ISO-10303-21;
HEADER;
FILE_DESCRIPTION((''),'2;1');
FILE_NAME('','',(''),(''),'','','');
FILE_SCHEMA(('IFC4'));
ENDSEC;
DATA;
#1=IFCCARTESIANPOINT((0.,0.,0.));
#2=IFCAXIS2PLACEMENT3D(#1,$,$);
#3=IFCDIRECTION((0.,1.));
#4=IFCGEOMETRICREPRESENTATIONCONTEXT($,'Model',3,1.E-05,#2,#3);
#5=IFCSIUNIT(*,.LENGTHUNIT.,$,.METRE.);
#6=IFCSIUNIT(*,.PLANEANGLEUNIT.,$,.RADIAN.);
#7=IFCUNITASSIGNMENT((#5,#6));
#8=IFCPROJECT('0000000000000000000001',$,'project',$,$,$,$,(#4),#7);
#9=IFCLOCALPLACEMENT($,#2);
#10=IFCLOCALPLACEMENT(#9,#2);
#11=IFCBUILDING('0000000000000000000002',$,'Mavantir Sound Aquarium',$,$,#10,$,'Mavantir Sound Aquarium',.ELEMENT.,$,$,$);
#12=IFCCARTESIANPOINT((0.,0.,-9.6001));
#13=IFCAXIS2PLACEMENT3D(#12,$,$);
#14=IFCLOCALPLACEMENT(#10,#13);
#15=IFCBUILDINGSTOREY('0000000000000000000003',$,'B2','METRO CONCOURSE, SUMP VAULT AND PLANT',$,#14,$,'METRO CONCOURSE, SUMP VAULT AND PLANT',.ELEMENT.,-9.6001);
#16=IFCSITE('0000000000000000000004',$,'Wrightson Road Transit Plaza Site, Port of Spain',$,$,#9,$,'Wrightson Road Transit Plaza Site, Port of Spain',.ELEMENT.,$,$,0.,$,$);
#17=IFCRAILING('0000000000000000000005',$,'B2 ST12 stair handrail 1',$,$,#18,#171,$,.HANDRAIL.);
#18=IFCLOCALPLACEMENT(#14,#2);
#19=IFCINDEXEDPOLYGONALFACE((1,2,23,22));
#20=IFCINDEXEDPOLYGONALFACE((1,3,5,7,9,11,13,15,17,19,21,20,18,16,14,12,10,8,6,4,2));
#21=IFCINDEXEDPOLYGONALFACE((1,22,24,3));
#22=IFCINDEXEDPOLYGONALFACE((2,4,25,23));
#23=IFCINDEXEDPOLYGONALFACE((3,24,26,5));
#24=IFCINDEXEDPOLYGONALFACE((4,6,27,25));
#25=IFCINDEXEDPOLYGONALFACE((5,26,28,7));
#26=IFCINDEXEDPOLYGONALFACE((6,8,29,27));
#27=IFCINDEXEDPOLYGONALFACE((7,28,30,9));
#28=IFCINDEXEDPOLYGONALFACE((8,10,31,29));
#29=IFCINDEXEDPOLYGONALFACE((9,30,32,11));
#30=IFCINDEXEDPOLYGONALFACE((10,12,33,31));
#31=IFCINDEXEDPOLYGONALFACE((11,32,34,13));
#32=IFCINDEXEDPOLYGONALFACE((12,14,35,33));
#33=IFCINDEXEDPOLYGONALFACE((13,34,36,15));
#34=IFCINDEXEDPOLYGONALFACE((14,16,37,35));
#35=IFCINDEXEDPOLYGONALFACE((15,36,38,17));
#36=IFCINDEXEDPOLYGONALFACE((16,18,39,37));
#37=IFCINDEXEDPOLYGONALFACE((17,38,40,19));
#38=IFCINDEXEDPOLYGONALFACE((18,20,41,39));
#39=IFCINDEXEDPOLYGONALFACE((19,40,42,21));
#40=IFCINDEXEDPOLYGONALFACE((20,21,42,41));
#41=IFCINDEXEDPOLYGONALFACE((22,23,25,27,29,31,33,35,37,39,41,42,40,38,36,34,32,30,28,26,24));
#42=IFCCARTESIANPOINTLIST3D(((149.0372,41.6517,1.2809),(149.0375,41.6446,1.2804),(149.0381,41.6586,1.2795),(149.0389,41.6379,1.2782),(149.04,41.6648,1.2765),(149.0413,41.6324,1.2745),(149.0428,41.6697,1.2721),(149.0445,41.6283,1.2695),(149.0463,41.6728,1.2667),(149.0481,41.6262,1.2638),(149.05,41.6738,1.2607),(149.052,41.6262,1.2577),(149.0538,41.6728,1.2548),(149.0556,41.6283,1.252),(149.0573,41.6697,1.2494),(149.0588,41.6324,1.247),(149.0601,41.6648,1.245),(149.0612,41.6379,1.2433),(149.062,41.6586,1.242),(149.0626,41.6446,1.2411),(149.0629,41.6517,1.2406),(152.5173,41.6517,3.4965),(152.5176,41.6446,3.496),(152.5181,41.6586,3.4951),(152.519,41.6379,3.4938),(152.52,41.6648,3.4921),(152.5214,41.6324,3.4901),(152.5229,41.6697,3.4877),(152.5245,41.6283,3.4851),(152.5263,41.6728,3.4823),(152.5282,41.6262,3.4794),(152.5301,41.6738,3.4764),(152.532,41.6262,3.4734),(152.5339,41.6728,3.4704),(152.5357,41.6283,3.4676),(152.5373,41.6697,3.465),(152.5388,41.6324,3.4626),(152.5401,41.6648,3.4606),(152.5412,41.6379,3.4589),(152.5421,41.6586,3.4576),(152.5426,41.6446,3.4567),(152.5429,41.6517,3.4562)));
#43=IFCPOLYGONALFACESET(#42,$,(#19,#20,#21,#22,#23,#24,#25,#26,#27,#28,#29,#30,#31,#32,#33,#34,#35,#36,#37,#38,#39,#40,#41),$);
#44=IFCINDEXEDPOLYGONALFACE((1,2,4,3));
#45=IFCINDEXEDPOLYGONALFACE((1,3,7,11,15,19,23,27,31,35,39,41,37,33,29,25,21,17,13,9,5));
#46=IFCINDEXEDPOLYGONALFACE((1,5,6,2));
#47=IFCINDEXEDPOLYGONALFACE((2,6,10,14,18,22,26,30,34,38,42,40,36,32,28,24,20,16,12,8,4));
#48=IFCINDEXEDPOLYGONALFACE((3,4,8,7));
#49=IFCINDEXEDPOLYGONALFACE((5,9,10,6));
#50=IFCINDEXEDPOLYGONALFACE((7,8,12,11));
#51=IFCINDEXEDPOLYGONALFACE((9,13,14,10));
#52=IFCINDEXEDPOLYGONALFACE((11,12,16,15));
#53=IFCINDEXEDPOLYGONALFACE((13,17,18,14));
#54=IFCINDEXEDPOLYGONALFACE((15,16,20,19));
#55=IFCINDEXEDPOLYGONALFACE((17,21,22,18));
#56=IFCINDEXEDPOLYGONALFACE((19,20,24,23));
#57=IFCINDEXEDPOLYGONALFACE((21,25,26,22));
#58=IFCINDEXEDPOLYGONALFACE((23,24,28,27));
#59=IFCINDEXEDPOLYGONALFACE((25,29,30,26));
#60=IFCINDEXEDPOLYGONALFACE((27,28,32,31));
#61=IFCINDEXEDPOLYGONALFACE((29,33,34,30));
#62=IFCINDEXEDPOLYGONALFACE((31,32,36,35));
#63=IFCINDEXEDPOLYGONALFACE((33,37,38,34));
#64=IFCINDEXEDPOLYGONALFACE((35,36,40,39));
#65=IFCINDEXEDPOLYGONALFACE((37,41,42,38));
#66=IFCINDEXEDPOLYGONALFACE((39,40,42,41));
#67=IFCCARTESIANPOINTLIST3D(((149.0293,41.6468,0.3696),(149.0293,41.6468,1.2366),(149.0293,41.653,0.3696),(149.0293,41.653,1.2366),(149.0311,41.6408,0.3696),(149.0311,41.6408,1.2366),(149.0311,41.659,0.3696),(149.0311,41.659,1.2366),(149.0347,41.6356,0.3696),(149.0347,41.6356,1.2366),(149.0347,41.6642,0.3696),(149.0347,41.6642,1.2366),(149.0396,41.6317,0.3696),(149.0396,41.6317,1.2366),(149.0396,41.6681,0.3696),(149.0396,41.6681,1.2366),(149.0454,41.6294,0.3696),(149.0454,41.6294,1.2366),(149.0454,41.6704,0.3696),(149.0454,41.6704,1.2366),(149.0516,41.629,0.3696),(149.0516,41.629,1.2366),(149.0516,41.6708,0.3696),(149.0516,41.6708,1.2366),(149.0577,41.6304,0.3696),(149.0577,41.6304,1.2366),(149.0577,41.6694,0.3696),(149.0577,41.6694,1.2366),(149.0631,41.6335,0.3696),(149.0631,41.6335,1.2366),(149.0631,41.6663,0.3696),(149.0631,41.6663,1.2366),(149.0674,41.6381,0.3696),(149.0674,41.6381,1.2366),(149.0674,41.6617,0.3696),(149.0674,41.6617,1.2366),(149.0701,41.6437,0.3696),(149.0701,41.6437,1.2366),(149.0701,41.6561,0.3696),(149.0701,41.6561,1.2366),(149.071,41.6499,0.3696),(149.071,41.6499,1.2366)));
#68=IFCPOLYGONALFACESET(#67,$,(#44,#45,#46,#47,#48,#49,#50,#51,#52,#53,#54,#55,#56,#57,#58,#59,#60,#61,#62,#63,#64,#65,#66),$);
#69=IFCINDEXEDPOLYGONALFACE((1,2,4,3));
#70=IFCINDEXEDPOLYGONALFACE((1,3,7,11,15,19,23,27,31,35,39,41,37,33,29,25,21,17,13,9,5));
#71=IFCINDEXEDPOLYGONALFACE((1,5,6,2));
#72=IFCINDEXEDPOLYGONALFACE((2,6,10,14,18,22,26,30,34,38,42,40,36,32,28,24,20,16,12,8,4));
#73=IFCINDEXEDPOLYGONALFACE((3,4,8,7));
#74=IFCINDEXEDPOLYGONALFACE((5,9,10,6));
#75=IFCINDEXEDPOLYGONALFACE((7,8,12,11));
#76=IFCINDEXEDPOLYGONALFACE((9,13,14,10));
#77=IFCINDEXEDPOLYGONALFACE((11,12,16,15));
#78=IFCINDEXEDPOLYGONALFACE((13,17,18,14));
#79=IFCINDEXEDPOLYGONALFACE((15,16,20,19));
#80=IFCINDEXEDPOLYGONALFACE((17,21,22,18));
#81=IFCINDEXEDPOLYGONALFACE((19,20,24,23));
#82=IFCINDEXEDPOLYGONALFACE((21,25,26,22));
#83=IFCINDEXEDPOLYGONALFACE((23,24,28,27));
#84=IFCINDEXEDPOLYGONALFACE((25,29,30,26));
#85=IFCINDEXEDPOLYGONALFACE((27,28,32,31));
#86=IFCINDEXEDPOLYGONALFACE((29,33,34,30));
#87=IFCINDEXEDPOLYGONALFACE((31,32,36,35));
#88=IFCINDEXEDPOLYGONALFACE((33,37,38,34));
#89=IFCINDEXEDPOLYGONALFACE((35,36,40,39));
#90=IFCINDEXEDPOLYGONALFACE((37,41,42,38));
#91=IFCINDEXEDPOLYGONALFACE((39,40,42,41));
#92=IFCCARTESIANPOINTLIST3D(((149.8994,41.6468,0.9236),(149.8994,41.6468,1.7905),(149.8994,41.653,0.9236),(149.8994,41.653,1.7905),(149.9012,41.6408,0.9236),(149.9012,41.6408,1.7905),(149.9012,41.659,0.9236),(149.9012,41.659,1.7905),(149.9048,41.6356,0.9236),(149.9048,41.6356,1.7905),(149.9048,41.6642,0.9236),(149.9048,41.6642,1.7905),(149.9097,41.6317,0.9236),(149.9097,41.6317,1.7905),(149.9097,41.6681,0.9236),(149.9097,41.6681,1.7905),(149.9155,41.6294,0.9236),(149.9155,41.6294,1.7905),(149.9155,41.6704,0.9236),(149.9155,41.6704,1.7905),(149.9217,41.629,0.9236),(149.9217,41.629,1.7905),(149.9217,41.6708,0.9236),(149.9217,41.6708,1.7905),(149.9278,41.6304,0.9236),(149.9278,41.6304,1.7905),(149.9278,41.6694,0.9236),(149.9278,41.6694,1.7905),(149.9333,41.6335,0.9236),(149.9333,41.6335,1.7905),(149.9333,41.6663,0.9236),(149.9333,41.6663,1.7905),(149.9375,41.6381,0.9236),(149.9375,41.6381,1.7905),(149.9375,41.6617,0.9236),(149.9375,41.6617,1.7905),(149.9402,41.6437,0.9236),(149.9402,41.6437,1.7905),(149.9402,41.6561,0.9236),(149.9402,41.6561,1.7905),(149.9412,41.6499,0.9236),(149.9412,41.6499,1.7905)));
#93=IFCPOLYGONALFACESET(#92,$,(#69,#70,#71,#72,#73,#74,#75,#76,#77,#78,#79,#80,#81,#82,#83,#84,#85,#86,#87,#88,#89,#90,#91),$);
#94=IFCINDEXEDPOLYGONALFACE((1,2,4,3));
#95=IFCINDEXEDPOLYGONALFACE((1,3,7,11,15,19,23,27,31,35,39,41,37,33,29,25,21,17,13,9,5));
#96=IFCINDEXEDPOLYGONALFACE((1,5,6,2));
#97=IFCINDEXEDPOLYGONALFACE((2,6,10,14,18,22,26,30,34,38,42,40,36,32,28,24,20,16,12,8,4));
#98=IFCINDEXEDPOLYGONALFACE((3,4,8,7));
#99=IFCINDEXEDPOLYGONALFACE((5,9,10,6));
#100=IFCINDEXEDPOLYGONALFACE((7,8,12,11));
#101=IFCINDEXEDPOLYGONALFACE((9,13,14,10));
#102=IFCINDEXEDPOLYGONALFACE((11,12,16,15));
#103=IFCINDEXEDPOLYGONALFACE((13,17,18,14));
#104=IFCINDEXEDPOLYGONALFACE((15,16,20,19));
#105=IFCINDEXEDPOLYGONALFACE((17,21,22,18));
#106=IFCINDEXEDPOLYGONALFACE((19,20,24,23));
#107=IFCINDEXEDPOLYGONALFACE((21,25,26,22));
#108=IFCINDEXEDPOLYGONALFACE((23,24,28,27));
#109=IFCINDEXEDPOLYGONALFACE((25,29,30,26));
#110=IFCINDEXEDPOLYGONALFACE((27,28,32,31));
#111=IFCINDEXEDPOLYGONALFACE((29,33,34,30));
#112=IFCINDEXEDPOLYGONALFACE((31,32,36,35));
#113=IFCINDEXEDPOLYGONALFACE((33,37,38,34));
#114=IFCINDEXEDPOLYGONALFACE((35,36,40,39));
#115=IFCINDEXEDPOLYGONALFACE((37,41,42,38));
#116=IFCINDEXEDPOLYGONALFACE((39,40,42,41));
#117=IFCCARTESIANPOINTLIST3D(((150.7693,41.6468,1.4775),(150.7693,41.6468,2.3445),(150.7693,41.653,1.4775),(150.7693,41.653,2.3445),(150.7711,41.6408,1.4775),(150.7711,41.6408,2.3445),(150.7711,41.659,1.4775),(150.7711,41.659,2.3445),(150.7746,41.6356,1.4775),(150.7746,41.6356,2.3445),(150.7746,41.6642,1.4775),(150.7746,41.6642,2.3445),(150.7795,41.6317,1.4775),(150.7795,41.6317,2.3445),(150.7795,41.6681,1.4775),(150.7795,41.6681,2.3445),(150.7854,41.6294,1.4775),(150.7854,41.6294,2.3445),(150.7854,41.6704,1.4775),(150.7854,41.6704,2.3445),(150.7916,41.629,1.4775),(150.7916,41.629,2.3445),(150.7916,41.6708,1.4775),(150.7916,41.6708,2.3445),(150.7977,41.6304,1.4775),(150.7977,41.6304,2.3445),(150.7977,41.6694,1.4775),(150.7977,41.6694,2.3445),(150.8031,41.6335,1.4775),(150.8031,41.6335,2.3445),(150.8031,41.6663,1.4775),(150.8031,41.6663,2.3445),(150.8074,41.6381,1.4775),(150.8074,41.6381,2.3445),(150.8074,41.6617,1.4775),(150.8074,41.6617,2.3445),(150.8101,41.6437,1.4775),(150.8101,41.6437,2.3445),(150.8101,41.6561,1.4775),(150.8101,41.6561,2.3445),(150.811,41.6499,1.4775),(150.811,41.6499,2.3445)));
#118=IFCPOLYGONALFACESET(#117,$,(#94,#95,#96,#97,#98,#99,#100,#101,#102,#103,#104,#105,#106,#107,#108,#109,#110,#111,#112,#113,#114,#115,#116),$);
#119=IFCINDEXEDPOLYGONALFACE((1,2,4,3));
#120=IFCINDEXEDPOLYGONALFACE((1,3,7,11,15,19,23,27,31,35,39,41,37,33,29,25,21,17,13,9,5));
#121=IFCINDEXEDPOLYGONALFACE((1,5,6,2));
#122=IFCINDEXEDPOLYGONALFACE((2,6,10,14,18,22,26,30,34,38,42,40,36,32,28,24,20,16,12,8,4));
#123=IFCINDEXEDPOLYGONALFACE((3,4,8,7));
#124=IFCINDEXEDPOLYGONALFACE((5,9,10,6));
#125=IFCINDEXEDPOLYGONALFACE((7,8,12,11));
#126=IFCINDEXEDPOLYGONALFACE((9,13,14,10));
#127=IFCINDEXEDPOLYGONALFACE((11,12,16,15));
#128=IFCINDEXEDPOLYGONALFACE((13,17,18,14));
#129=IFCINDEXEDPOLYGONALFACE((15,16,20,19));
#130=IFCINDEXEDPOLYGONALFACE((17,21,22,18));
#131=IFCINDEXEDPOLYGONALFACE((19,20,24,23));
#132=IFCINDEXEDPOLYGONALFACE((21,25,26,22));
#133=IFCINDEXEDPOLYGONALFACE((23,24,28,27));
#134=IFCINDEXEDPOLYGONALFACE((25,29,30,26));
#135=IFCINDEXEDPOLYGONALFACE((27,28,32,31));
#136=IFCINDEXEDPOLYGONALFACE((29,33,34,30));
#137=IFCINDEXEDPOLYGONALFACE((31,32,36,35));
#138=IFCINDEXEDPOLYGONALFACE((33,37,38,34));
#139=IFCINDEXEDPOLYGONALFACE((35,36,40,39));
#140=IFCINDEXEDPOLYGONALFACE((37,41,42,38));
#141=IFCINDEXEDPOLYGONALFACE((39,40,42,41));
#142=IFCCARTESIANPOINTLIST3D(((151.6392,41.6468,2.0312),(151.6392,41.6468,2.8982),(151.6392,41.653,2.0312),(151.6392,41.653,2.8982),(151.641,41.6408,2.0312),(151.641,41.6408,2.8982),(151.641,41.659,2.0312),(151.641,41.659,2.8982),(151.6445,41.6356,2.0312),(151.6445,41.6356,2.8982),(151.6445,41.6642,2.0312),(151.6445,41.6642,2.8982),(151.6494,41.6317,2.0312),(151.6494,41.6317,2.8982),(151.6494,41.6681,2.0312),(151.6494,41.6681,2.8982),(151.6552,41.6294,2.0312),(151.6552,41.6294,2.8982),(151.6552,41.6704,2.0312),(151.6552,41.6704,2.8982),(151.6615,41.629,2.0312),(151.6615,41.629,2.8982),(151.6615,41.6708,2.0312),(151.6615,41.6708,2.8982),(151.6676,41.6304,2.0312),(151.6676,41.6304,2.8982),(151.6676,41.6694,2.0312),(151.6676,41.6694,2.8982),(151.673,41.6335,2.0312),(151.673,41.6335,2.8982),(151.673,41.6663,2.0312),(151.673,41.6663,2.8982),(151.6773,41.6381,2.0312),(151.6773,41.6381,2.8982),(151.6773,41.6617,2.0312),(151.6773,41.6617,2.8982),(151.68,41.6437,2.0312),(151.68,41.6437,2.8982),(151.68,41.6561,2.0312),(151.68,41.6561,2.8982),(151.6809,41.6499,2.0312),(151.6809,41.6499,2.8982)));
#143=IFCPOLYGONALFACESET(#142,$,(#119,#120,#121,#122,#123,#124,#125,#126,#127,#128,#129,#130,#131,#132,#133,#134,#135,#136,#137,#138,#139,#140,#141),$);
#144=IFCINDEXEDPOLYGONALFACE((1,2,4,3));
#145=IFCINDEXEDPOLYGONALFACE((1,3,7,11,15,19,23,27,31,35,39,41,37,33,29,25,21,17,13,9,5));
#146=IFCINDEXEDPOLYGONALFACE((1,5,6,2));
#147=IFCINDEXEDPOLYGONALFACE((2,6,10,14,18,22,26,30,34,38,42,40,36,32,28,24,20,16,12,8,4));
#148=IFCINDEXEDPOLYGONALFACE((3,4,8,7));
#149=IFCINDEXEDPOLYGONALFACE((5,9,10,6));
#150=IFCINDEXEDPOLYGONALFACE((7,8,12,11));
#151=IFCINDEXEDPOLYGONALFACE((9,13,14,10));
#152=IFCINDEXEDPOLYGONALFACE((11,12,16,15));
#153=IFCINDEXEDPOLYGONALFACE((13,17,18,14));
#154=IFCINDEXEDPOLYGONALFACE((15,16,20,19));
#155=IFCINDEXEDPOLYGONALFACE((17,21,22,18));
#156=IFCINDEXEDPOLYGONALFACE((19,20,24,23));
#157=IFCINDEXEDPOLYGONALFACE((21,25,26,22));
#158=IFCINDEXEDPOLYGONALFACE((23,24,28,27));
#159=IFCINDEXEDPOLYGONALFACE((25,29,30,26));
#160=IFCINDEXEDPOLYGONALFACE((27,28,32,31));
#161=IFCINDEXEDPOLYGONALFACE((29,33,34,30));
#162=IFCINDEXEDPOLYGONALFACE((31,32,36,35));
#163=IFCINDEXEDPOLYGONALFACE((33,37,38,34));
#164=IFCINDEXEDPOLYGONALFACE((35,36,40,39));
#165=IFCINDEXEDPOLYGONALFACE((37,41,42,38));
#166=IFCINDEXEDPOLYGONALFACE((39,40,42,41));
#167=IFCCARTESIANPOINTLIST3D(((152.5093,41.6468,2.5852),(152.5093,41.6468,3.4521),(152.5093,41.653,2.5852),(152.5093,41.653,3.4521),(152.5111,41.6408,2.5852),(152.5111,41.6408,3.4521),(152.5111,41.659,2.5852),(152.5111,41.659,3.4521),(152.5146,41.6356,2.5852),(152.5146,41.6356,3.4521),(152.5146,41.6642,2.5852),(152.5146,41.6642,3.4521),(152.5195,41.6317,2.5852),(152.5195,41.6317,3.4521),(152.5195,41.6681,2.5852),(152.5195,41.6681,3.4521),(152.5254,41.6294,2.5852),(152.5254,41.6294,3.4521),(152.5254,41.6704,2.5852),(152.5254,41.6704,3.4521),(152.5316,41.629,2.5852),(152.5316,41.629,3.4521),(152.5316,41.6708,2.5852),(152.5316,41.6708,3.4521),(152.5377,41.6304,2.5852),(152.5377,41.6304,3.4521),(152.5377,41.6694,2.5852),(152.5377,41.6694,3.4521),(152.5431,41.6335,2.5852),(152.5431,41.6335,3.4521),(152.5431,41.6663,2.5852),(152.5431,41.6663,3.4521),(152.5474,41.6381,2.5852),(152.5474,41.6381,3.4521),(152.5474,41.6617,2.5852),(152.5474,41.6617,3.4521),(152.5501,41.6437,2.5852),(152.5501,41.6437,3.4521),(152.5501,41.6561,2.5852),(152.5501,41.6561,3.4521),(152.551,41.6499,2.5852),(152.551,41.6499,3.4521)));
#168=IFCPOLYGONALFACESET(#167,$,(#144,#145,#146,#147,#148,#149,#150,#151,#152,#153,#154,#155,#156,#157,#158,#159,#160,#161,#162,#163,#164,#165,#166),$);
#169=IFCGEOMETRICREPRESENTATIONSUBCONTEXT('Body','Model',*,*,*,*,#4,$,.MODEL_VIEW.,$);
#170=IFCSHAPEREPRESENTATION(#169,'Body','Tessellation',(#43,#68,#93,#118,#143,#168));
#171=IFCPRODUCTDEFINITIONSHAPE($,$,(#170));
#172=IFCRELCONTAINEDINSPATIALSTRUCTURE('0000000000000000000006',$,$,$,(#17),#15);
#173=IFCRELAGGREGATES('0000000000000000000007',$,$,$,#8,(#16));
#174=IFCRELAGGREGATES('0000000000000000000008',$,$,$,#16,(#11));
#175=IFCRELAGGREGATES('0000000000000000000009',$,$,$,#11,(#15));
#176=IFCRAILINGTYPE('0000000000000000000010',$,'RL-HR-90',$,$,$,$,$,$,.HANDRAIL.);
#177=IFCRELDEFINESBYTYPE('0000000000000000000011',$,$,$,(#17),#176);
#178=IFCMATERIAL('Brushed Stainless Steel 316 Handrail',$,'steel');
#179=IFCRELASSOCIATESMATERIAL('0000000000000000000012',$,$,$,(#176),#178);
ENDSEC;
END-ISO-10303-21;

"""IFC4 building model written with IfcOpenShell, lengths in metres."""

from ifc_helpers import new_model, si_unit, direction, frame, origin, origin_2d, place, context, subcontext, project, spatial, circle, extrude, material, type_object, element, save


model = new_model("IFC4")

# Units and contexts
model_context = context("Model", 3, precision=1e-05, world=origin(), true_north=direction((0.0, 1.0)))
body_context = subcontext(model_context, "Body", "Model", "MODEL_VIEW")
ifc_project = project(units=[si_unit("LENGTHUNIT", "METRE"), si_unit("PLANEANGLEUNIT", "RADIAN")], contexts=[model_context])

# Site, building, storey
site_placement = place(None, origin())
site = spatial("IfcSite", under=ifc_project, at=site_placement, Name="Wrightson Road Transit Plaza Site, Port of Spain", LongName="Wrightson Road Transit Plaza Site, Port of Spain", CompositionType="ELEMENT", RefElevation=0.0)
building_placement = place(site_placement, origin())
building = spatial("IfcBuilding", under=site, at=building_placement, Name="Mavantir Sound Aquarium", LongName="Mavantir Sound Aquarium", CompositionType="ELEMENT")
storey_placement = place(building_placement, frame((0.0, 0.0, -9.6001)))
storey = spatial("IfcBuildingStorey", under=building, at=storey_placement, Name="B2", Description="METRO CONCOURSE, SUMP VAULT AND PLANT", LongName="METRO CONCOURSE, SUMP VAULT AND PLANT", CompositionType="ELEMENT", Elevation=-9.6001)

# Railing
ifc_material_1 = material(Name="Brushed Stainless Steel 316 Handrail", Category="steel")
railing_type = type_object("IfcRailingType", Name="RL-HR-90", PredefinedType="HANDRAIL", material=ifc_material_1)
railing_placement = place(storey_placement, frame((149.05, 41.6499, 0.3696)))
element("IfcRailing", 1, at=railing_placement, inside=storey, type_object=railing_type, Name="B2 ST12 stair handrail 1", PredefinedType="HANDRAIL", context=body_context, shape_type="SweptSolid", body=[
    extrude(circle(Radius=0.0239, at=origin_2d()), frame((0.0, 0.0, 0.8911), z_axis=(0.843547, 0.0, 0.537055), x_axis=(0.0, 1.0, 0.0)), (0.0, 0.0, 1.0), 4.1255),
    extrude(circle(Radius=0.021, at=origin_2d()), origin(), (0.0, 0.0, 1.0), 0.8669),
    extrude(circle(Radius=0.021, at=origin_2d()), frame((0.8701, 0.0, 0.554)), (0.0, 0.0, 1.0), 0.8669),
    extrude(circle(Radius=0.021, at=origin_2d()), frame((1.74, 0.0, 1.1079)), (0.0, 0.0, 1.0), 0.8669),
    extrude(circle(Radius=0.021, at=origin_2d()), frame((2.6099, 0.0, 1.6616)), (0.0, 0.0, 1.0), 0.8669),
    extrude(circle(Radius=0.021, at=origin_2d()), frame((3.48, 0.0, 2.2156)), (0.0, 0.0, 1.0), 0.8669),
])

save(model, "model.ifc")
